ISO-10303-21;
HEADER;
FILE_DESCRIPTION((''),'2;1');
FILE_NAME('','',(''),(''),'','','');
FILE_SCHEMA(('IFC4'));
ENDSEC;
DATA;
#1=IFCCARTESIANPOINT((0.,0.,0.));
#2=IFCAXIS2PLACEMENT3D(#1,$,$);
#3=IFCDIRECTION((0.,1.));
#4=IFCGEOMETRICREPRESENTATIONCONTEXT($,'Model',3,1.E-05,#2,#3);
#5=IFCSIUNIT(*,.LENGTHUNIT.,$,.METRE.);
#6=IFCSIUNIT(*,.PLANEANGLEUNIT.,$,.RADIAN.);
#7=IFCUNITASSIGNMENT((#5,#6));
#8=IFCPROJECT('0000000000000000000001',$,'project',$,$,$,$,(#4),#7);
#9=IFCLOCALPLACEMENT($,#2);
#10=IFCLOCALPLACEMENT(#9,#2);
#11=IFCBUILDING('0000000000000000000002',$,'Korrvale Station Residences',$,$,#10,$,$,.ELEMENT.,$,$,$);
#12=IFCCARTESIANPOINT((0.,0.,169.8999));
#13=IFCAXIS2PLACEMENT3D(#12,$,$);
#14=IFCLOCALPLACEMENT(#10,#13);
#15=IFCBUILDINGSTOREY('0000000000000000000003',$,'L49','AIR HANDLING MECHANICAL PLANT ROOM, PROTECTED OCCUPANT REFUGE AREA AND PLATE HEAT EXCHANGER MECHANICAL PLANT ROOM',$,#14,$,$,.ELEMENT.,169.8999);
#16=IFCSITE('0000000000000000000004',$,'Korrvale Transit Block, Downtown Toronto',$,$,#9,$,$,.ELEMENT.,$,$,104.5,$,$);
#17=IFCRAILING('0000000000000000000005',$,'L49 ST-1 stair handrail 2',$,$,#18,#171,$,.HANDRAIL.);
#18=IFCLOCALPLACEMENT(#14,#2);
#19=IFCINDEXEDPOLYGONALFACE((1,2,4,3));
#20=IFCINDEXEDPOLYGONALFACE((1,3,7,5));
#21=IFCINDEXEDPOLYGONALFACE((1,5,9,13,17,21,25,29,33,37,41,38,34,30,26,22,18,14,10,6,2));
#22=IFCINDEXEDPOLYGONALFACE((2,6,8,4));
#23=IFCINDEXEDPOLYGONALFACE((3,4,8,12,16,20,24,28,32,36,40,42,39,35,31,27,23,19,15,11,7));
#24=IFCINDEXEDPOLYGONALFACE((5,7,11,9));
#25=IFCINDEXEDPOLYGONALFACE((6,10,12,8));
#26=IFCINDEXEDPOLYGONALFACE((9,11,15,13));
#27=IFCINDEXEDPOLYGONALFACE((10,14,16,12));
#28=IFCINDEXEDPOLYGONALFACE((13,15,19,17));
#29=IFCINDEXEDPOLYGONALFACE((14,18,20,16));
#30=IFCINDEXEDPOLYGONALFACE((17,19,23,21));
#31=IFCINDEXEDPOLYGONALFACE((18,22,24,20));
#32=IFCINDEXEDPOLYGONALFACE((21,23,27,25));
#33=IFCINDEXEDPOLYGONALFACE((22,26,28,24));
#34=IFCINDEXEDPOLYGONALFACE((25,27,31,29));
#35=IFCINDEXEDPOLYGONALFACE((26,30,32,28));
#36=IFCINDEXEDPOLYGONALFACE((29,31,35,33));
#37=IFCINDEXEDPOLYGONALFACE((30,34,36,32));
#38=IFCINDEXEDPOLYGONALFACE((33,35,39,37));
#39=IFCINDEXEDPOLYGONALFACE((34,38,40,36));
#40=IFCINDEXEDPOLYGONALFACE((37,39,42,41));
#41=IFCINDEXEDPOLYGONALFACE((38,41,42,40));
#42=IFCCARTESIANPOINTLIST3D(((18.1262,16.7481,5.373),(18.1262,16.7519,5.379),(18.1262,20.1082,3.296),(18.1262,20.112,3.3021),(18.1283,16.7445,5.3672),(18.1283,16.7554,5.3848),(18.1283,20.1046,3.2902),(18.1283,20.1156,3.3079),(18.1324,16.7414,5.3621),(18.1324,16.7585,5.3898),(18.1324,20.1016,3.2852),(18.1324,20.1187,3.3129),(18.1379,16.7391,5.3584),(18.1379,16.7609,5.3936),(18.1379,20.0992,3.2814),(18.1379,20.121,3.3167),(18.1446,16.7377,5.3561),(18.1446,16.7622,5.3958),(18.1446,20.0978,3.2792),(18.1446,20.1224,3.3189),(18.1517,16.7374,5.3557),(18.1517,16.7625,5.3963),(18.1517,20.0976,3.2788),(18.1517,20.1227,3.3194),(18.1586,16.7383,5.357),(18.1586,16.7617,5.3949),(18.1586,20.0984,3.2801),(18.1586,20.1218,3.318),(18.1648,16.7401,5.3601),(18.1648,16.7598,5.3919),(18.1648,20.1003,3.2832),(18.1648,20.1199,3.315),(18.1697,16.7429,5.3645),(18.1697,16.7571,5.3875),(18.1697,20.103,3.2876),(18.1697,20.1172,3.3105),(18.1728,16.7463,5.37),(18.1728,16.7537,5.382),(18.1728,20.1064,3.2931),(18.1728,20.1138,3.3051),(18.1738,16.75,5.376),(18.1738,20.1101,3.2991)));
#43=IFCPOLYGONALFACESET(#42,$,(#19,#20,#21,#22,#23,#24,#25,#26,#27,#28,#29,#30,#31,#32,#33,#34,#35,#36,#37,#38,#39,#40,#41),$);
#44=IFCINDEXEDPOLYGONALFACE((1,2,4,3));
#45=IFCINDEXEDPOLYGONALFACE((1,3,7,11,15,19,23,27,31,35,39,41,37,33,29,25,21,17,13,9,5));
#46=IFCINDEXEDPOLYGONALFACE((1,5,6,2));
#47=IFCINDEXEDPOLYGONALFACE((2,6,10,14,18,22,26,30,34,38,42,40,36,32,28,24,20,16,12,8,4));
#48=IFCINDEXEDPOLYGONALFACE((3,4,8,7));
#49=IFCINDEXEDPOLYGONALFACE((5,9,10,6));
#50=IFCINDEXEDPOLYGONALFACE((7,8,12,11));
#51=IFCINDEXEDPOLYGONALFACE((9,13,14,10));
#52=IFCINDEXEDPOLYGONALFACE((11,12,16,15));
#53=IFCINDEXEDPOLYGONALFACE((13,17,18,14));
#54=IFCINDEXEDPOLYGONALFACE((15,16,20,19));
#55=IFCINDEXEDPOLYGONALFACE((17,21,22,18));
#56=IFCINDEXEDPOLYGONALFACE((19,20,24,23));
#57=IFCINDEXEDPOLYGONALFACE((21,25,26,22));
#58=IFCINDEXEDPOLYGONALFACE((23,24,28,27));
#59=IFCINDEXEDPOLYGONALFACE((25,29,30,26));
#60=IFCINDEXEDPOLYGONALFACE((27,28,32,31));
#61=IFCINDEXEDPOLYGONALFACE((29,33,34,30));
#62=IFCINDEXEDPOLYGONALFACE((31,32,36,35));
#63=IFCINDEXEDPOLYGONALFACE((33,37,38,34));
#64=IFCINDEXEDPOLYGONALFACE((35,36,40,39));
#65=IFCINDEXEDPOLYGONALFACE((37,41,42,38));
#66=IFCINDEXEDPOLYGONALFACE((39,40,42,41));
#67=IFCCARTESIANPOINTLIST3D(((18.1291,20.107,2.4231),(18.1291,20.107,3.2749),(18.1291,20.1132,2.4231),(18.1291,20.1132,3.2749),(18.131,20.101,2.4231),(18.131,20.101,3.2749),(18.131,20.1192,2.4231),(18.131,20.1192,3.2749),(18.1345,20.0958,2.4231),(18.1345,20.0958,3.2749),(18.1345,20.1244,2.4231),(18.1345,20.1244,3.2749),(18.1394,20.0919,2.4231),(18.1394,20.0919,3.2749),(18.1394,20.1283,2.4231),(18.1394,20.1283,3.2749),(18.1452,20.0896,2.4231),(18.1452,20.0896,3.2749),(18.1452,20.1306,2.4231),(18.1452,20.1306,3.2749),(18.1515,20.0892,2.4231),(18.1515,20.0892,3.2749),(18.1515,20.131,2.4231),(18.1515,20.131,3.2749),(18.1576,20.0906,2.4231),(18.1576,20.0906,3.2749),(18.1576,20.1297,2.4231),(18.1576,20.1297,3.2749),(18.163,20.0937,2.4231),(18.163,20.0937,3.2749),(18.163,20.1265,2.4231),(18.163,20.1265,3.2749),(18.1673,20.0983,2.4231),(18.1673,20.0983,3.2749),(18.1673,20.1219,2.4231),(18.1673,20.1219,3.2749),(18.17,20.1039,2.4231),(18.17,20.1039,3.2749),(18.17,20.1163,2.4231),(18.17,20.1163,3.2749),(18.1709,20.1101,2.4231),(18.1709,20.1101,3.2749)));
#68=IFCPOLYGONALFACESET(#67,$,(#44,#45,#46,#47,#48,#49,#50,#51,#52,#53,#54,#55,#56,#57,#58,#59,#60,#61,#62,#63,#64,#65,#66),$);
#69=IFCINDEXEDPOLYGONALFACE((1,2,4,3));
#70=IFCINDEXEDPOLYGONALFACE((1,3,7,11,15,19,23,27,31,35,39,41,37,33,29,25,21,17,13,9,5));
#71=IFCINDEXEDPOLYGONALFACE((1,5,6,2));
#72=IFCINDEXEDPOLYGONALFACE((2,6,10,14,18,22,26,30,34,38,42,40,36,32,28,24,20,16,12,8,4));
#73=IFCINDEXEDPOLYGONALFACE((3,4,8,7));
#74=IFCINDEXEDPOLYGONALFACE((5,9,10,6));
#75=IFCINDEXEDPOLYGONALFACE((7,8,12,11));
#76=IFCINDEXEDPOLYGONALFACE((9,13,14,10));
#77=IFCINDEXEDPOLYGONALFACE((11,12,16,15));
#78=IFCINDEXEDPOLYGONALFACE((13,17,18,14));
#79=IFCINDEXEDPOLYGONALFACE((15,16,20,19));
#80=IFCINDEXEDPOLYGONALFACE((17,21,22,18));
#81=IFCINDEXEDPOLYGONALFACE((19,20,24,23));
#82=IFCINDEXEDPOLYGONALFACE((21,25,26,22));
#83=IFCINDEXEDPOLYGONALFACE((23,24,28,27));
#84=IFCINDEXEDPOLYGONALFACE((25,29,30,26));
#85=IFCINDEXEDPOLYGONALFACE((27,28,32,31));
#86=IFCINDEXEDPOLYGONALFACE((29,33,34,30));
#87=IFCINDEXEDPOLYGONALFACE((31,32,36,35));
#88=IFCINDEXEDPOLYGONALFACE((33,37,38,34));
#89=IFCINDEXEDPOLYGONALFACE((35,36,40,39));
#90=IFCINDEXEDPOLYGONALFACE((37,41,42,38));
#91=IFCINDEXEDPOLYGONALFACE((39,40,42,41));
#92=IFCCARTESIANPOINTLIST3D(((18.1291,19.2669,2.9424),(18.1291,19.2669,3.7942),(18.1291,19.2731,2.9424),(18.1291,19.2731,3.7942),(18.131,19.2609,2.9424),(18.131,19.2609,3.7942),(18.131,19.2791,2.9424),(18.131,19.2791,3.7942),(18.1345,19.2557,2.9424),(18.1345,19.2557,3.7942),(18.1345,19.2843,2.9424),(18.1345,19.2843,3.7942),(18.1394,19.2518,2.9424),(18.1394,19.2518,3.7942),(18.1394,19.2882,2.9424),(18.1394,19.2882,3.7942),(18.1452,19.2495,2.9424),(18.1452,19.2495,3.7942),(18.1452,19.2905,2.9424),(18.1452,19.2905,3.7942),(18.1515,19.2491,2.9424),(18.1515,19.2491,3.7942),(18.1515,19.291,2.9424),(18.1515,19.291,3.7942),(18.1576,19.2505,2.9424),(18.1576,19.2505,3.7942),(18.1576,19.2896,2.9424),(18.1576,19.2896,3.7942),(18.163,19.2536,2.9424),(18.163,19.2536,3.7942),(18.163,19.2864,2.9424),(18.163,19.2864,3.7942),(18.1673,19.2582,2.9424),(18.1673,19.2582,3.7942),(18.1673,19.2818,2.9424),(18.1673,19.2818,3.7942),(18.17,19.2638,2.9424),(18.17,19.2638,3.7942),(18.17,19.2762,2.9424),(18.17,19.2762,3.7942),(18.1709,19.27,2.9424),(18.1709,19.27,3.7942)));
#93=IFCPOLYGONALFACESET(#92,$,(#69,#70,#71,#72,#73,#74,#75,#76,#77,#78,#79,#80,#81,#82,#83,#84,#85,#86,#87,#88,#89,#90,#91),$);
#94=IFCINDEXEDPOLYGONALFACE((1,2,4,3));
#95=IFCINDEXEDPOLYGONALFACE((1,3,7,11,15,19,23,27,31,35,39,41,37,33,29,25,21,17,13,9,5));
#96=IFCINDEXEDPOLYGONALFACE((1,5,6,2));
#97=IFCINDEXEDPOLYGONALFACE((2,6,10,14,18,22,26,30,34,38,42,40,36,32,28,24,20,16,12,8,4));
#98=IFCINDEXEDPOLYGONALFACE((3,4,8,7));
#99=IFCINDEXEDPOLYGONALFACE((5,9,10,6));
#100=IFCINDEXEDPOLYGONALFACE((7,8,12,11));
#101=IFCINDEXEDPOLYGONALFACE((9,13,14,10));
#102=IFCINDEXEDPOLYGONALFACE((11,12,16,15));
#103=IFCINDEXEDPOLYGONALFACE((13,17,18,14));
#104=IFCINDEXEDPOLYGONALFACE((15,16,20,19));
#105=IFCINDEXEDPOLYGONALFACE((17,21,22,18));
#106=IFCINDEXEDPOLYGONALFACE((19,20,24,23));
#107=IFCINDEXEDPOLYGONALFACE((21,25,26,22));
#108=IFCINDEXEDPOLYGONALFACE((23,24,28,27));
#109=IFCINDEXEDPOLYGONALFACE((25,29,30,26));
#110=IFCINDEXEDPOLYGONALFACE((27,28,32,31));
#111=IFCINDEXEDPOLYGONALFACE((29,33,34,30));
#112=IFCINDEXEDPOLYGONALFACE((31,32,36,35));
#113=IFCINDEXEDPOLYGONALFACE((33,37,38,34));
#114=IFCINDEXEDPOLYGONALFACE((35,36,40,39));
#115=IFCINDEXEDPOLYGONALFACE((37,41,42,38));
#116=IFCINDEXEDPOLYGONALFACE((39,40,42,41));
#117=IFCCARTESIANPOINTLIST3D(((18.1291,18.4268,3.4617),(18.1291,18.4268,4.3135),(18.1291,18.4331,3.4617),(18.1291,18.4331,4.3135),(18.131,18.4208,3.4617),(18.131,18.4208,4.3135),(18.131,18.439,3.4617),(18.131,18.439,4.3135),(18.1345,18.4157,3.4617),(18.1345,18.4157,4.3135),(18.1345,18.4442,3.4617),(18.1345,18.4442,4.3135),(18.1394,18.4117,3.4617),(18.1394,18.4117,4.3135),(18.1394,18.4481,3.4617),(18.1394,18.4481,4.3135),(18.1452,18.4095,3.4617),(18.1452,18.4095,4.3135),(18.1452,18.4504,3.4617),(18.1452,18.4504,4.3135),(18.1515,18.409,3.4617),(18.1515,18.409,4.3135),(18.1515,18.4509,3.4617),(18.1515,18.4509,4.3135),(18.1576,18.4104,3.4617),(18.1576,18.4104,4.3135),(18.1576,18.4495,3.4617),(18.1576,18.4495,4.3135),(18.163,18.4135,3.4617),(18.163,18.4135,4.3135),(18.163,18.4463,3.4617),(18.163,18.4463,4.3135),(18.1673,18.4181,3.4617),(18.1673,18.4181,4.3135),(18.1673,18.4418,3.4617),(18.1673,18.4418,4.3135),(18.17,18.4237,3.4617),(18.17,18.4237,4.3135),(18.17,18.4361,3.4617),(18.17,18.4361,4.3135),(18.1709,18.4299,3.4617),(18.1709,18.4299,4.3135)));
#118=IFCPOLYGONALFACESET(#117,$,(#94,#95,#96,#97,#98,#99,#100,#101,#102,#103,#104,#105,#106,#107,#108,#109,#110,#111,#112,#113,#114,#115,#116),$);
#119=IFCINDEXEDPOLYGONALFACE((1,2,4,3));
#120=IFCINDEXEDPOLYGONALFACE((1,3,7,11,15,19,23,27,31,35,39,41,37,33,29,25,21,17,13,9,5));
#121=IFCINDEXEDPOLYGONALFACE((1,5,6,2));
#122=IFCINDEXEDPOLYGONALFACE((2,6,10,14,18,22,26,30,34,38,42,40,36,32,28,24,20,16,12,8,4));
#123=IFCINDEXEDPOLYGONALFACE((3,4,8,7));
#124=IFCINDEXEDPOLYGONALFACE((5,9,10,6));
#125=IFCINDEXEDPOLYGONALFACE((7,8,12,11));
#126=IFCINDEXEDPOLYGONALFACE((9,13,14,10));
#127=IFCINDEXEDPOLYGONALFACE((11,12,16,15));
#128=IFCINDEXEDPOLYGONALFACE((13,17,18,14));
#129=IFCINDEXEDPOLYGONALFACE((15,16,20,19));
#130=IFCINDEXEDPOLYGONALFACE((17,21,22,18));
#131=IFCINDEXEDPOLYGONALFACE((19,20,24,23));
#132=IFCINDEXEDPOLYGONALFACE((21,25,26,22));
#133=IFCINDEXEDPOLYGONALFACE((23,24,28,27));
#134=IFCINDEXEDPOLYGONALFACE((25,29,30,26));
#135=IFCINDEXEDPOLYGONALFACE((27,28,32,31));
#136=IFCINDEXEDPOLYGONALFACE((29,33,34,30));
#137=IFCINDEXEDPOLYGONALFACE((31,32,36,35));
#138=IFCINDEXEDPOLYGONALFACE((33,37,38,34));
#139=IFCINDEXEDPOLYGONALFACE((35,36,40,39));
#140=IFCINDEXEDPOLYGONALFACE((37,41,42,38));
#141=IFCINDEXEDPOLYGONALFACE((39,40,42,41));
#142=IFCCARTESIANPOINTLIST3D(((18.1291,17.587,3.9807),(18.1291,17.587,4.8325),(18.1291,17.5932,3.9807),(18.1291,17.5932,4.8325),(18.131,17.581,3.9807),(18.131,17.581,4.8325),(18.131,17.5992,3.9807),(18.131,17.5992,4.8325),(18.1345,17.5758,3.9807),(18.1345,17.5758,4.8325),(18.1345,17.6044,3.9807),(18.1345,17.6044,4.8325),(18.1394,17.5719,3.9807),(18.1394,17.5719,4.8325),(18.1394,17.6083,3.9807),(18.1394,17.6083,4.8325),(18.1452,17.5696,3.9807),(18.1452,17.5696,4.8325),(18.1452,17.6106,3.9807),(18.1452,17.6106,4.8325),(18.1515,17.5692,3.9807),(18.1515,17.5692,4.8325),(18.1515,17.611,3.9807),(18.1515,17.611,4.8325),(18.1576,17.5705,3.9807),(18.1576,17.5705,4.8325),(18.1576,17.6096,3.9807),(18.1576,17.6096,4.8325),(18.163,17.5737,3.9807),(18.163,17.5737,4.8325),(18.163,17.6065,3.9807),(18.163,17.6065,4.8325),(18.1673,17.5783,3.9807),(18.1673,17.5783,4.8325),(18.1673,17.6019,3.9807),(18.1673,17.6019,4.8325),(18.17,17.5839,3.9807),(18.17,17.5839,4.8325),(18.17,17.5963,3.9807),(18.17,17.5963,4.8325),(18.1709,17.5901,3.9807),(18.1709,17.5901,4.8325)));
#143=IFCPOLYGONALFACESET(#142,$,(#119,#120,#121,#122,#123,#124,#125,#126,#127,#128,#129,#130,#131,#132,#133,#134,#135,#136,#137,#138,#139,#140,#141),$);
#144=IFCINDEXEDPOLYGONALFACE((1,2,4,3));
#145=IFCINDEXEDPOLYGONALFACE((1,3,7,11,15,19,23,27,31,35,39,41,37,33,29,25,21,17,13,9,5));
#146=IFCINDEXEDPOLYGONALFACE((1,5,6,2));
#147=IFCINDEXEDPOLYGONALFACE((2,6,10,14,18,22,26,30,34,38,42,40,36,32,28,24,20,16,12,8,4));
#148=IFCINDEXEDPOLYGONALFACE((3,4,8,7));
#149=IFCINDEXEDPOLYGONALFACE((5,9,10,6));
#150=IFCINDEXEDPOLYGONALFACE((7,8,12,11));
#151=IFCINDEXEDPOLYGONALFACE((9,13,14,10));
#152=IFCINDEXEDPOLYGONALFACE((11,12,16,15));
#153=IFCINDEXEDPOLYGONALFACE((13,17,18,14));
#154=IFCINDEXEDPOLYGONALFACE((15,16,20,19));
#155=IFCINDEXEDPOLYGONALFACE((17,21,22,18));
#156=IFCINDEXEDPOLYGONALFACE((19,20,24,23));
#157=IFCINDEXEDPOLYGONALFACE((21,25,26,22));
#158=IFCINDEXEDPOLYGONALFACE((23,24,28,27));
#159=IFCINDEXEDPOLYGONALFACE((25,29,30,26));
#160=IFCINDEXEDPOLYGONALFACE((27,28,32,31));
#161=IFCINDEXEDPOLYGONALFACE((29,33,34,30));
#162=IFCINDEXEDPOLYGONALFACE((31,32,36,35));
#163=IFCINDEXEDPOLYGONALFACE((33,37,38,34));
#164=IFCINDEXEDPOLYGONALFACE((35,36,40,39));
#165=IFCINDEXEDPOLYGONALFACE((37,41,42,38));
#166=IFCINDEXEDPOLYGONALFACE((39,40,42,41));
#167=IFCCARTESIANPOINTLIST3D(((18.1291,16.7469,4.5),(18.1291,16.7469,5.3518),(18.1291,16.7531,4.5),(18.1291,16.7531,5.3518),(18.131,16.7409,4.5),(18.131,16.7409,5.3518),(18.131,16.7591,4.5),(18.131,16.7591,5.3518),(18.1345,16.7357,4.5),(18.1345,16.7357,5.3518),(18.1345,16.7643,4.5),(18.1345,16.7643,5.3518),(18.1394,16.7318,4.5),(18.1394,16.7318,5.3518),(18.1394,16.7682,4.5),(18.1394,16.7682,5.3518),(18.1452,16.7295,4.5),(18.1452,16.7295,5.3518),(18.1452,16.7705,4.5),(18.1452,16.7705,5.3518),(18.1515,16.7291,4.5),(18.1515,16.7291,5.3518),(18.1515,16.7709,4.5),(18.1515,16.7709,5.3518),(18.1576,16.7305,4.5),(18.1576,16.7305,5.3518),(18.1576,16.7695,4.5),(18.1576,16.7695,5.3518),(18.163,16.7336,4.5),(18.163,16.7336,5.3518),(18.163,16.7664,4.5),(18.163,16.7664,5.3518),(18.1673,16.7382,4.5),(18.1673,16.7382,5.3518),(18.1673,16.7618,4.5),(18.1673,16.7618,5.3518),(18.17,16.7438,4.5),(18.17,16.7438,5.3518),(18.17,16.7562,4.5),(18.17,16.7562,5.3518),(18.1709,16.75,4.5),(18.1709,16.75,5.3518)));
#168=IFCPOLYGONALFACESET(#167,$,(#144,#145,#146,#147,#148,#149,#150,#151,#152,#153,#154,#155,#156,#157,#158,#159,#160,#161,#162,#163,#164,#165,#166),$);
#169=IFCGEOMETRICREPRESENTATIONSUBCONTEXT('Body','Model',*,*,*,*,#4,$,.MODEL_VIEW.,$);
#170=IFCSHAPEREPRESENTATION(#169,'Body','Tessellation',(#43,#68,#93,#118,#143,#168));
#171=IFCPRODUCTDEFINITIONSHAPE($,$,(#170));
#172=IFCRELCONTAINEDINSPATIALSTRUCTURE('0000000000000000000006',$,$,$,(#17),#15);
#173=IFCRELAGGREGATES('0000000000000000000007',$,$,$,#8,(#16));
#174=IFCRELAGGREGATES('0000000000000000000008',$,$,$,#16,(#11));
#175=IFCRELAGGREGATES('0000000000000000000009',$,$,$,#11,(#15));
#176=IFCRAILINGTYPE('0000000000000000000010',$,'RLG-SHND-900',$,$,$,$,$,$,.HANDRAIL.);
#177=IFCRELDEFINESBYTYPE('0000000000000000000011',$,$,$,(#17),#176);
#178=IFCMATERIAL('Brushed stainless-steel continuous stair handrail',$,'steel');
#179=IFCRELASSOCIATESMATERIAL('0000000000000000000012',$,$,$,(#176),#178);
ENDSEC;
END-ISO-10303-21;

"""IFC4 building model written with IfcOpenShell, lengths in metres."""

from ifc_helpers import new_model, si_unit, direction, frame, origin, origin_2d, place, context, subcontext, project, spatial, circle, extrude, material, type_object, element, save


model = new_model("IFC4")

# Units and contexts
model_context = context("Model", 3, precision=1e-05, world=origin(), true_north=direction((0.0, 1.0)))
body_context = subcontext(model_context, "Body", "Model", "MODEL_VIEW")
ifc_project = project(units=[si_unit("LENGTHUNIT", "METRE"), si_unit("PLANEANGLEUNIT", "RADIAN")], contexts=[model_context])

# Site, building, storey
site_placement = place(None, origin())
site = spatial("IfcSite", under=ifc_project, at=site_placement, Name="Korrvale Transit Block, Downtown Toronto", CompositionType="ELEMENT", RefElevation=104.5)
building_placement = place(site_placement, origin())
building = spatial("IfcBuilding", under=site, at=building_placement, Name="Korrvale Station Residences", CompositionType="ELEMENT")
storey_placement = place(building_placement, frame((0.0, 0.0, 169.8999)))
storey = spatial("IfcBuildingStorey", under=building, at=storey_placement, Name="L49", Description="AIR HANDLING MECHANICAL PLANT ROOM, PROTECTED OCCUPANT REFUGE AREA AND PLATE HEAT EXCHANGER MECHANICAL PLANT ROOM", CompositionType="ELEMENT", Elevation=169.8999)

# Railing
ifc_material_1 = material(Name="Brushed stainless-steel continuous stair handrail", Category="steel")
railing_type_1 = type_object("IfcRailingType", Name="RLG-SHND-900", PredefinedType="HANDRAIL", material=ifc_material_1)
railing_1_placement = place(storey_placement, frame((18.1499, 20.1101, 2.4231)))
element("IfcRailing", 1, at=railing_1_placement, inside=storey, type_object=railing_type_1, Name="L49 ST-1 stair handrail 2", PredefinedType="HANDRAIL", context=body_context, shape_type="SweptSolid", body=[
    extrude(circle(Radius=0.0239, at=origin_2d()), frame((0.0, 0.0, 0.876), z_axis=(0.0, -0.850623, 0.525776), x_axis=(1.0, 0.0, 0.0)), (0.0, 0.0, 1.0), 3.9502),
    extrude(circle(Radius=0.021, at=origin_2d()), origin(), (0.0, 0.0, 1.0), 0.8518),
    extrude(circle(Radius=0.021, at=origin_2d()), frame((0.0, -0.8401, 0.5193)), (0.0, 0.0, 1.0), 0.8518),
    extrude(circle(Radius=0.021, at=origin_2d()), frame((0.0, -1.6802, 1.0386)), (0.0, 0.0, 1.0), 0.8518),
    extrude(circle(Radius=0.021, at=origin_2d()), frame((0.0, -2.52, 1.5576)), (0.0, 0.0, 1.0), 0.8518),
    extrude(circle(Radius=0.021, at=origin_2d()), frame((0.0, -3.3601, 2.0769)), (0.0, 0.0, 1.0), 0.8518),
])

save(model, "model.ifc")
